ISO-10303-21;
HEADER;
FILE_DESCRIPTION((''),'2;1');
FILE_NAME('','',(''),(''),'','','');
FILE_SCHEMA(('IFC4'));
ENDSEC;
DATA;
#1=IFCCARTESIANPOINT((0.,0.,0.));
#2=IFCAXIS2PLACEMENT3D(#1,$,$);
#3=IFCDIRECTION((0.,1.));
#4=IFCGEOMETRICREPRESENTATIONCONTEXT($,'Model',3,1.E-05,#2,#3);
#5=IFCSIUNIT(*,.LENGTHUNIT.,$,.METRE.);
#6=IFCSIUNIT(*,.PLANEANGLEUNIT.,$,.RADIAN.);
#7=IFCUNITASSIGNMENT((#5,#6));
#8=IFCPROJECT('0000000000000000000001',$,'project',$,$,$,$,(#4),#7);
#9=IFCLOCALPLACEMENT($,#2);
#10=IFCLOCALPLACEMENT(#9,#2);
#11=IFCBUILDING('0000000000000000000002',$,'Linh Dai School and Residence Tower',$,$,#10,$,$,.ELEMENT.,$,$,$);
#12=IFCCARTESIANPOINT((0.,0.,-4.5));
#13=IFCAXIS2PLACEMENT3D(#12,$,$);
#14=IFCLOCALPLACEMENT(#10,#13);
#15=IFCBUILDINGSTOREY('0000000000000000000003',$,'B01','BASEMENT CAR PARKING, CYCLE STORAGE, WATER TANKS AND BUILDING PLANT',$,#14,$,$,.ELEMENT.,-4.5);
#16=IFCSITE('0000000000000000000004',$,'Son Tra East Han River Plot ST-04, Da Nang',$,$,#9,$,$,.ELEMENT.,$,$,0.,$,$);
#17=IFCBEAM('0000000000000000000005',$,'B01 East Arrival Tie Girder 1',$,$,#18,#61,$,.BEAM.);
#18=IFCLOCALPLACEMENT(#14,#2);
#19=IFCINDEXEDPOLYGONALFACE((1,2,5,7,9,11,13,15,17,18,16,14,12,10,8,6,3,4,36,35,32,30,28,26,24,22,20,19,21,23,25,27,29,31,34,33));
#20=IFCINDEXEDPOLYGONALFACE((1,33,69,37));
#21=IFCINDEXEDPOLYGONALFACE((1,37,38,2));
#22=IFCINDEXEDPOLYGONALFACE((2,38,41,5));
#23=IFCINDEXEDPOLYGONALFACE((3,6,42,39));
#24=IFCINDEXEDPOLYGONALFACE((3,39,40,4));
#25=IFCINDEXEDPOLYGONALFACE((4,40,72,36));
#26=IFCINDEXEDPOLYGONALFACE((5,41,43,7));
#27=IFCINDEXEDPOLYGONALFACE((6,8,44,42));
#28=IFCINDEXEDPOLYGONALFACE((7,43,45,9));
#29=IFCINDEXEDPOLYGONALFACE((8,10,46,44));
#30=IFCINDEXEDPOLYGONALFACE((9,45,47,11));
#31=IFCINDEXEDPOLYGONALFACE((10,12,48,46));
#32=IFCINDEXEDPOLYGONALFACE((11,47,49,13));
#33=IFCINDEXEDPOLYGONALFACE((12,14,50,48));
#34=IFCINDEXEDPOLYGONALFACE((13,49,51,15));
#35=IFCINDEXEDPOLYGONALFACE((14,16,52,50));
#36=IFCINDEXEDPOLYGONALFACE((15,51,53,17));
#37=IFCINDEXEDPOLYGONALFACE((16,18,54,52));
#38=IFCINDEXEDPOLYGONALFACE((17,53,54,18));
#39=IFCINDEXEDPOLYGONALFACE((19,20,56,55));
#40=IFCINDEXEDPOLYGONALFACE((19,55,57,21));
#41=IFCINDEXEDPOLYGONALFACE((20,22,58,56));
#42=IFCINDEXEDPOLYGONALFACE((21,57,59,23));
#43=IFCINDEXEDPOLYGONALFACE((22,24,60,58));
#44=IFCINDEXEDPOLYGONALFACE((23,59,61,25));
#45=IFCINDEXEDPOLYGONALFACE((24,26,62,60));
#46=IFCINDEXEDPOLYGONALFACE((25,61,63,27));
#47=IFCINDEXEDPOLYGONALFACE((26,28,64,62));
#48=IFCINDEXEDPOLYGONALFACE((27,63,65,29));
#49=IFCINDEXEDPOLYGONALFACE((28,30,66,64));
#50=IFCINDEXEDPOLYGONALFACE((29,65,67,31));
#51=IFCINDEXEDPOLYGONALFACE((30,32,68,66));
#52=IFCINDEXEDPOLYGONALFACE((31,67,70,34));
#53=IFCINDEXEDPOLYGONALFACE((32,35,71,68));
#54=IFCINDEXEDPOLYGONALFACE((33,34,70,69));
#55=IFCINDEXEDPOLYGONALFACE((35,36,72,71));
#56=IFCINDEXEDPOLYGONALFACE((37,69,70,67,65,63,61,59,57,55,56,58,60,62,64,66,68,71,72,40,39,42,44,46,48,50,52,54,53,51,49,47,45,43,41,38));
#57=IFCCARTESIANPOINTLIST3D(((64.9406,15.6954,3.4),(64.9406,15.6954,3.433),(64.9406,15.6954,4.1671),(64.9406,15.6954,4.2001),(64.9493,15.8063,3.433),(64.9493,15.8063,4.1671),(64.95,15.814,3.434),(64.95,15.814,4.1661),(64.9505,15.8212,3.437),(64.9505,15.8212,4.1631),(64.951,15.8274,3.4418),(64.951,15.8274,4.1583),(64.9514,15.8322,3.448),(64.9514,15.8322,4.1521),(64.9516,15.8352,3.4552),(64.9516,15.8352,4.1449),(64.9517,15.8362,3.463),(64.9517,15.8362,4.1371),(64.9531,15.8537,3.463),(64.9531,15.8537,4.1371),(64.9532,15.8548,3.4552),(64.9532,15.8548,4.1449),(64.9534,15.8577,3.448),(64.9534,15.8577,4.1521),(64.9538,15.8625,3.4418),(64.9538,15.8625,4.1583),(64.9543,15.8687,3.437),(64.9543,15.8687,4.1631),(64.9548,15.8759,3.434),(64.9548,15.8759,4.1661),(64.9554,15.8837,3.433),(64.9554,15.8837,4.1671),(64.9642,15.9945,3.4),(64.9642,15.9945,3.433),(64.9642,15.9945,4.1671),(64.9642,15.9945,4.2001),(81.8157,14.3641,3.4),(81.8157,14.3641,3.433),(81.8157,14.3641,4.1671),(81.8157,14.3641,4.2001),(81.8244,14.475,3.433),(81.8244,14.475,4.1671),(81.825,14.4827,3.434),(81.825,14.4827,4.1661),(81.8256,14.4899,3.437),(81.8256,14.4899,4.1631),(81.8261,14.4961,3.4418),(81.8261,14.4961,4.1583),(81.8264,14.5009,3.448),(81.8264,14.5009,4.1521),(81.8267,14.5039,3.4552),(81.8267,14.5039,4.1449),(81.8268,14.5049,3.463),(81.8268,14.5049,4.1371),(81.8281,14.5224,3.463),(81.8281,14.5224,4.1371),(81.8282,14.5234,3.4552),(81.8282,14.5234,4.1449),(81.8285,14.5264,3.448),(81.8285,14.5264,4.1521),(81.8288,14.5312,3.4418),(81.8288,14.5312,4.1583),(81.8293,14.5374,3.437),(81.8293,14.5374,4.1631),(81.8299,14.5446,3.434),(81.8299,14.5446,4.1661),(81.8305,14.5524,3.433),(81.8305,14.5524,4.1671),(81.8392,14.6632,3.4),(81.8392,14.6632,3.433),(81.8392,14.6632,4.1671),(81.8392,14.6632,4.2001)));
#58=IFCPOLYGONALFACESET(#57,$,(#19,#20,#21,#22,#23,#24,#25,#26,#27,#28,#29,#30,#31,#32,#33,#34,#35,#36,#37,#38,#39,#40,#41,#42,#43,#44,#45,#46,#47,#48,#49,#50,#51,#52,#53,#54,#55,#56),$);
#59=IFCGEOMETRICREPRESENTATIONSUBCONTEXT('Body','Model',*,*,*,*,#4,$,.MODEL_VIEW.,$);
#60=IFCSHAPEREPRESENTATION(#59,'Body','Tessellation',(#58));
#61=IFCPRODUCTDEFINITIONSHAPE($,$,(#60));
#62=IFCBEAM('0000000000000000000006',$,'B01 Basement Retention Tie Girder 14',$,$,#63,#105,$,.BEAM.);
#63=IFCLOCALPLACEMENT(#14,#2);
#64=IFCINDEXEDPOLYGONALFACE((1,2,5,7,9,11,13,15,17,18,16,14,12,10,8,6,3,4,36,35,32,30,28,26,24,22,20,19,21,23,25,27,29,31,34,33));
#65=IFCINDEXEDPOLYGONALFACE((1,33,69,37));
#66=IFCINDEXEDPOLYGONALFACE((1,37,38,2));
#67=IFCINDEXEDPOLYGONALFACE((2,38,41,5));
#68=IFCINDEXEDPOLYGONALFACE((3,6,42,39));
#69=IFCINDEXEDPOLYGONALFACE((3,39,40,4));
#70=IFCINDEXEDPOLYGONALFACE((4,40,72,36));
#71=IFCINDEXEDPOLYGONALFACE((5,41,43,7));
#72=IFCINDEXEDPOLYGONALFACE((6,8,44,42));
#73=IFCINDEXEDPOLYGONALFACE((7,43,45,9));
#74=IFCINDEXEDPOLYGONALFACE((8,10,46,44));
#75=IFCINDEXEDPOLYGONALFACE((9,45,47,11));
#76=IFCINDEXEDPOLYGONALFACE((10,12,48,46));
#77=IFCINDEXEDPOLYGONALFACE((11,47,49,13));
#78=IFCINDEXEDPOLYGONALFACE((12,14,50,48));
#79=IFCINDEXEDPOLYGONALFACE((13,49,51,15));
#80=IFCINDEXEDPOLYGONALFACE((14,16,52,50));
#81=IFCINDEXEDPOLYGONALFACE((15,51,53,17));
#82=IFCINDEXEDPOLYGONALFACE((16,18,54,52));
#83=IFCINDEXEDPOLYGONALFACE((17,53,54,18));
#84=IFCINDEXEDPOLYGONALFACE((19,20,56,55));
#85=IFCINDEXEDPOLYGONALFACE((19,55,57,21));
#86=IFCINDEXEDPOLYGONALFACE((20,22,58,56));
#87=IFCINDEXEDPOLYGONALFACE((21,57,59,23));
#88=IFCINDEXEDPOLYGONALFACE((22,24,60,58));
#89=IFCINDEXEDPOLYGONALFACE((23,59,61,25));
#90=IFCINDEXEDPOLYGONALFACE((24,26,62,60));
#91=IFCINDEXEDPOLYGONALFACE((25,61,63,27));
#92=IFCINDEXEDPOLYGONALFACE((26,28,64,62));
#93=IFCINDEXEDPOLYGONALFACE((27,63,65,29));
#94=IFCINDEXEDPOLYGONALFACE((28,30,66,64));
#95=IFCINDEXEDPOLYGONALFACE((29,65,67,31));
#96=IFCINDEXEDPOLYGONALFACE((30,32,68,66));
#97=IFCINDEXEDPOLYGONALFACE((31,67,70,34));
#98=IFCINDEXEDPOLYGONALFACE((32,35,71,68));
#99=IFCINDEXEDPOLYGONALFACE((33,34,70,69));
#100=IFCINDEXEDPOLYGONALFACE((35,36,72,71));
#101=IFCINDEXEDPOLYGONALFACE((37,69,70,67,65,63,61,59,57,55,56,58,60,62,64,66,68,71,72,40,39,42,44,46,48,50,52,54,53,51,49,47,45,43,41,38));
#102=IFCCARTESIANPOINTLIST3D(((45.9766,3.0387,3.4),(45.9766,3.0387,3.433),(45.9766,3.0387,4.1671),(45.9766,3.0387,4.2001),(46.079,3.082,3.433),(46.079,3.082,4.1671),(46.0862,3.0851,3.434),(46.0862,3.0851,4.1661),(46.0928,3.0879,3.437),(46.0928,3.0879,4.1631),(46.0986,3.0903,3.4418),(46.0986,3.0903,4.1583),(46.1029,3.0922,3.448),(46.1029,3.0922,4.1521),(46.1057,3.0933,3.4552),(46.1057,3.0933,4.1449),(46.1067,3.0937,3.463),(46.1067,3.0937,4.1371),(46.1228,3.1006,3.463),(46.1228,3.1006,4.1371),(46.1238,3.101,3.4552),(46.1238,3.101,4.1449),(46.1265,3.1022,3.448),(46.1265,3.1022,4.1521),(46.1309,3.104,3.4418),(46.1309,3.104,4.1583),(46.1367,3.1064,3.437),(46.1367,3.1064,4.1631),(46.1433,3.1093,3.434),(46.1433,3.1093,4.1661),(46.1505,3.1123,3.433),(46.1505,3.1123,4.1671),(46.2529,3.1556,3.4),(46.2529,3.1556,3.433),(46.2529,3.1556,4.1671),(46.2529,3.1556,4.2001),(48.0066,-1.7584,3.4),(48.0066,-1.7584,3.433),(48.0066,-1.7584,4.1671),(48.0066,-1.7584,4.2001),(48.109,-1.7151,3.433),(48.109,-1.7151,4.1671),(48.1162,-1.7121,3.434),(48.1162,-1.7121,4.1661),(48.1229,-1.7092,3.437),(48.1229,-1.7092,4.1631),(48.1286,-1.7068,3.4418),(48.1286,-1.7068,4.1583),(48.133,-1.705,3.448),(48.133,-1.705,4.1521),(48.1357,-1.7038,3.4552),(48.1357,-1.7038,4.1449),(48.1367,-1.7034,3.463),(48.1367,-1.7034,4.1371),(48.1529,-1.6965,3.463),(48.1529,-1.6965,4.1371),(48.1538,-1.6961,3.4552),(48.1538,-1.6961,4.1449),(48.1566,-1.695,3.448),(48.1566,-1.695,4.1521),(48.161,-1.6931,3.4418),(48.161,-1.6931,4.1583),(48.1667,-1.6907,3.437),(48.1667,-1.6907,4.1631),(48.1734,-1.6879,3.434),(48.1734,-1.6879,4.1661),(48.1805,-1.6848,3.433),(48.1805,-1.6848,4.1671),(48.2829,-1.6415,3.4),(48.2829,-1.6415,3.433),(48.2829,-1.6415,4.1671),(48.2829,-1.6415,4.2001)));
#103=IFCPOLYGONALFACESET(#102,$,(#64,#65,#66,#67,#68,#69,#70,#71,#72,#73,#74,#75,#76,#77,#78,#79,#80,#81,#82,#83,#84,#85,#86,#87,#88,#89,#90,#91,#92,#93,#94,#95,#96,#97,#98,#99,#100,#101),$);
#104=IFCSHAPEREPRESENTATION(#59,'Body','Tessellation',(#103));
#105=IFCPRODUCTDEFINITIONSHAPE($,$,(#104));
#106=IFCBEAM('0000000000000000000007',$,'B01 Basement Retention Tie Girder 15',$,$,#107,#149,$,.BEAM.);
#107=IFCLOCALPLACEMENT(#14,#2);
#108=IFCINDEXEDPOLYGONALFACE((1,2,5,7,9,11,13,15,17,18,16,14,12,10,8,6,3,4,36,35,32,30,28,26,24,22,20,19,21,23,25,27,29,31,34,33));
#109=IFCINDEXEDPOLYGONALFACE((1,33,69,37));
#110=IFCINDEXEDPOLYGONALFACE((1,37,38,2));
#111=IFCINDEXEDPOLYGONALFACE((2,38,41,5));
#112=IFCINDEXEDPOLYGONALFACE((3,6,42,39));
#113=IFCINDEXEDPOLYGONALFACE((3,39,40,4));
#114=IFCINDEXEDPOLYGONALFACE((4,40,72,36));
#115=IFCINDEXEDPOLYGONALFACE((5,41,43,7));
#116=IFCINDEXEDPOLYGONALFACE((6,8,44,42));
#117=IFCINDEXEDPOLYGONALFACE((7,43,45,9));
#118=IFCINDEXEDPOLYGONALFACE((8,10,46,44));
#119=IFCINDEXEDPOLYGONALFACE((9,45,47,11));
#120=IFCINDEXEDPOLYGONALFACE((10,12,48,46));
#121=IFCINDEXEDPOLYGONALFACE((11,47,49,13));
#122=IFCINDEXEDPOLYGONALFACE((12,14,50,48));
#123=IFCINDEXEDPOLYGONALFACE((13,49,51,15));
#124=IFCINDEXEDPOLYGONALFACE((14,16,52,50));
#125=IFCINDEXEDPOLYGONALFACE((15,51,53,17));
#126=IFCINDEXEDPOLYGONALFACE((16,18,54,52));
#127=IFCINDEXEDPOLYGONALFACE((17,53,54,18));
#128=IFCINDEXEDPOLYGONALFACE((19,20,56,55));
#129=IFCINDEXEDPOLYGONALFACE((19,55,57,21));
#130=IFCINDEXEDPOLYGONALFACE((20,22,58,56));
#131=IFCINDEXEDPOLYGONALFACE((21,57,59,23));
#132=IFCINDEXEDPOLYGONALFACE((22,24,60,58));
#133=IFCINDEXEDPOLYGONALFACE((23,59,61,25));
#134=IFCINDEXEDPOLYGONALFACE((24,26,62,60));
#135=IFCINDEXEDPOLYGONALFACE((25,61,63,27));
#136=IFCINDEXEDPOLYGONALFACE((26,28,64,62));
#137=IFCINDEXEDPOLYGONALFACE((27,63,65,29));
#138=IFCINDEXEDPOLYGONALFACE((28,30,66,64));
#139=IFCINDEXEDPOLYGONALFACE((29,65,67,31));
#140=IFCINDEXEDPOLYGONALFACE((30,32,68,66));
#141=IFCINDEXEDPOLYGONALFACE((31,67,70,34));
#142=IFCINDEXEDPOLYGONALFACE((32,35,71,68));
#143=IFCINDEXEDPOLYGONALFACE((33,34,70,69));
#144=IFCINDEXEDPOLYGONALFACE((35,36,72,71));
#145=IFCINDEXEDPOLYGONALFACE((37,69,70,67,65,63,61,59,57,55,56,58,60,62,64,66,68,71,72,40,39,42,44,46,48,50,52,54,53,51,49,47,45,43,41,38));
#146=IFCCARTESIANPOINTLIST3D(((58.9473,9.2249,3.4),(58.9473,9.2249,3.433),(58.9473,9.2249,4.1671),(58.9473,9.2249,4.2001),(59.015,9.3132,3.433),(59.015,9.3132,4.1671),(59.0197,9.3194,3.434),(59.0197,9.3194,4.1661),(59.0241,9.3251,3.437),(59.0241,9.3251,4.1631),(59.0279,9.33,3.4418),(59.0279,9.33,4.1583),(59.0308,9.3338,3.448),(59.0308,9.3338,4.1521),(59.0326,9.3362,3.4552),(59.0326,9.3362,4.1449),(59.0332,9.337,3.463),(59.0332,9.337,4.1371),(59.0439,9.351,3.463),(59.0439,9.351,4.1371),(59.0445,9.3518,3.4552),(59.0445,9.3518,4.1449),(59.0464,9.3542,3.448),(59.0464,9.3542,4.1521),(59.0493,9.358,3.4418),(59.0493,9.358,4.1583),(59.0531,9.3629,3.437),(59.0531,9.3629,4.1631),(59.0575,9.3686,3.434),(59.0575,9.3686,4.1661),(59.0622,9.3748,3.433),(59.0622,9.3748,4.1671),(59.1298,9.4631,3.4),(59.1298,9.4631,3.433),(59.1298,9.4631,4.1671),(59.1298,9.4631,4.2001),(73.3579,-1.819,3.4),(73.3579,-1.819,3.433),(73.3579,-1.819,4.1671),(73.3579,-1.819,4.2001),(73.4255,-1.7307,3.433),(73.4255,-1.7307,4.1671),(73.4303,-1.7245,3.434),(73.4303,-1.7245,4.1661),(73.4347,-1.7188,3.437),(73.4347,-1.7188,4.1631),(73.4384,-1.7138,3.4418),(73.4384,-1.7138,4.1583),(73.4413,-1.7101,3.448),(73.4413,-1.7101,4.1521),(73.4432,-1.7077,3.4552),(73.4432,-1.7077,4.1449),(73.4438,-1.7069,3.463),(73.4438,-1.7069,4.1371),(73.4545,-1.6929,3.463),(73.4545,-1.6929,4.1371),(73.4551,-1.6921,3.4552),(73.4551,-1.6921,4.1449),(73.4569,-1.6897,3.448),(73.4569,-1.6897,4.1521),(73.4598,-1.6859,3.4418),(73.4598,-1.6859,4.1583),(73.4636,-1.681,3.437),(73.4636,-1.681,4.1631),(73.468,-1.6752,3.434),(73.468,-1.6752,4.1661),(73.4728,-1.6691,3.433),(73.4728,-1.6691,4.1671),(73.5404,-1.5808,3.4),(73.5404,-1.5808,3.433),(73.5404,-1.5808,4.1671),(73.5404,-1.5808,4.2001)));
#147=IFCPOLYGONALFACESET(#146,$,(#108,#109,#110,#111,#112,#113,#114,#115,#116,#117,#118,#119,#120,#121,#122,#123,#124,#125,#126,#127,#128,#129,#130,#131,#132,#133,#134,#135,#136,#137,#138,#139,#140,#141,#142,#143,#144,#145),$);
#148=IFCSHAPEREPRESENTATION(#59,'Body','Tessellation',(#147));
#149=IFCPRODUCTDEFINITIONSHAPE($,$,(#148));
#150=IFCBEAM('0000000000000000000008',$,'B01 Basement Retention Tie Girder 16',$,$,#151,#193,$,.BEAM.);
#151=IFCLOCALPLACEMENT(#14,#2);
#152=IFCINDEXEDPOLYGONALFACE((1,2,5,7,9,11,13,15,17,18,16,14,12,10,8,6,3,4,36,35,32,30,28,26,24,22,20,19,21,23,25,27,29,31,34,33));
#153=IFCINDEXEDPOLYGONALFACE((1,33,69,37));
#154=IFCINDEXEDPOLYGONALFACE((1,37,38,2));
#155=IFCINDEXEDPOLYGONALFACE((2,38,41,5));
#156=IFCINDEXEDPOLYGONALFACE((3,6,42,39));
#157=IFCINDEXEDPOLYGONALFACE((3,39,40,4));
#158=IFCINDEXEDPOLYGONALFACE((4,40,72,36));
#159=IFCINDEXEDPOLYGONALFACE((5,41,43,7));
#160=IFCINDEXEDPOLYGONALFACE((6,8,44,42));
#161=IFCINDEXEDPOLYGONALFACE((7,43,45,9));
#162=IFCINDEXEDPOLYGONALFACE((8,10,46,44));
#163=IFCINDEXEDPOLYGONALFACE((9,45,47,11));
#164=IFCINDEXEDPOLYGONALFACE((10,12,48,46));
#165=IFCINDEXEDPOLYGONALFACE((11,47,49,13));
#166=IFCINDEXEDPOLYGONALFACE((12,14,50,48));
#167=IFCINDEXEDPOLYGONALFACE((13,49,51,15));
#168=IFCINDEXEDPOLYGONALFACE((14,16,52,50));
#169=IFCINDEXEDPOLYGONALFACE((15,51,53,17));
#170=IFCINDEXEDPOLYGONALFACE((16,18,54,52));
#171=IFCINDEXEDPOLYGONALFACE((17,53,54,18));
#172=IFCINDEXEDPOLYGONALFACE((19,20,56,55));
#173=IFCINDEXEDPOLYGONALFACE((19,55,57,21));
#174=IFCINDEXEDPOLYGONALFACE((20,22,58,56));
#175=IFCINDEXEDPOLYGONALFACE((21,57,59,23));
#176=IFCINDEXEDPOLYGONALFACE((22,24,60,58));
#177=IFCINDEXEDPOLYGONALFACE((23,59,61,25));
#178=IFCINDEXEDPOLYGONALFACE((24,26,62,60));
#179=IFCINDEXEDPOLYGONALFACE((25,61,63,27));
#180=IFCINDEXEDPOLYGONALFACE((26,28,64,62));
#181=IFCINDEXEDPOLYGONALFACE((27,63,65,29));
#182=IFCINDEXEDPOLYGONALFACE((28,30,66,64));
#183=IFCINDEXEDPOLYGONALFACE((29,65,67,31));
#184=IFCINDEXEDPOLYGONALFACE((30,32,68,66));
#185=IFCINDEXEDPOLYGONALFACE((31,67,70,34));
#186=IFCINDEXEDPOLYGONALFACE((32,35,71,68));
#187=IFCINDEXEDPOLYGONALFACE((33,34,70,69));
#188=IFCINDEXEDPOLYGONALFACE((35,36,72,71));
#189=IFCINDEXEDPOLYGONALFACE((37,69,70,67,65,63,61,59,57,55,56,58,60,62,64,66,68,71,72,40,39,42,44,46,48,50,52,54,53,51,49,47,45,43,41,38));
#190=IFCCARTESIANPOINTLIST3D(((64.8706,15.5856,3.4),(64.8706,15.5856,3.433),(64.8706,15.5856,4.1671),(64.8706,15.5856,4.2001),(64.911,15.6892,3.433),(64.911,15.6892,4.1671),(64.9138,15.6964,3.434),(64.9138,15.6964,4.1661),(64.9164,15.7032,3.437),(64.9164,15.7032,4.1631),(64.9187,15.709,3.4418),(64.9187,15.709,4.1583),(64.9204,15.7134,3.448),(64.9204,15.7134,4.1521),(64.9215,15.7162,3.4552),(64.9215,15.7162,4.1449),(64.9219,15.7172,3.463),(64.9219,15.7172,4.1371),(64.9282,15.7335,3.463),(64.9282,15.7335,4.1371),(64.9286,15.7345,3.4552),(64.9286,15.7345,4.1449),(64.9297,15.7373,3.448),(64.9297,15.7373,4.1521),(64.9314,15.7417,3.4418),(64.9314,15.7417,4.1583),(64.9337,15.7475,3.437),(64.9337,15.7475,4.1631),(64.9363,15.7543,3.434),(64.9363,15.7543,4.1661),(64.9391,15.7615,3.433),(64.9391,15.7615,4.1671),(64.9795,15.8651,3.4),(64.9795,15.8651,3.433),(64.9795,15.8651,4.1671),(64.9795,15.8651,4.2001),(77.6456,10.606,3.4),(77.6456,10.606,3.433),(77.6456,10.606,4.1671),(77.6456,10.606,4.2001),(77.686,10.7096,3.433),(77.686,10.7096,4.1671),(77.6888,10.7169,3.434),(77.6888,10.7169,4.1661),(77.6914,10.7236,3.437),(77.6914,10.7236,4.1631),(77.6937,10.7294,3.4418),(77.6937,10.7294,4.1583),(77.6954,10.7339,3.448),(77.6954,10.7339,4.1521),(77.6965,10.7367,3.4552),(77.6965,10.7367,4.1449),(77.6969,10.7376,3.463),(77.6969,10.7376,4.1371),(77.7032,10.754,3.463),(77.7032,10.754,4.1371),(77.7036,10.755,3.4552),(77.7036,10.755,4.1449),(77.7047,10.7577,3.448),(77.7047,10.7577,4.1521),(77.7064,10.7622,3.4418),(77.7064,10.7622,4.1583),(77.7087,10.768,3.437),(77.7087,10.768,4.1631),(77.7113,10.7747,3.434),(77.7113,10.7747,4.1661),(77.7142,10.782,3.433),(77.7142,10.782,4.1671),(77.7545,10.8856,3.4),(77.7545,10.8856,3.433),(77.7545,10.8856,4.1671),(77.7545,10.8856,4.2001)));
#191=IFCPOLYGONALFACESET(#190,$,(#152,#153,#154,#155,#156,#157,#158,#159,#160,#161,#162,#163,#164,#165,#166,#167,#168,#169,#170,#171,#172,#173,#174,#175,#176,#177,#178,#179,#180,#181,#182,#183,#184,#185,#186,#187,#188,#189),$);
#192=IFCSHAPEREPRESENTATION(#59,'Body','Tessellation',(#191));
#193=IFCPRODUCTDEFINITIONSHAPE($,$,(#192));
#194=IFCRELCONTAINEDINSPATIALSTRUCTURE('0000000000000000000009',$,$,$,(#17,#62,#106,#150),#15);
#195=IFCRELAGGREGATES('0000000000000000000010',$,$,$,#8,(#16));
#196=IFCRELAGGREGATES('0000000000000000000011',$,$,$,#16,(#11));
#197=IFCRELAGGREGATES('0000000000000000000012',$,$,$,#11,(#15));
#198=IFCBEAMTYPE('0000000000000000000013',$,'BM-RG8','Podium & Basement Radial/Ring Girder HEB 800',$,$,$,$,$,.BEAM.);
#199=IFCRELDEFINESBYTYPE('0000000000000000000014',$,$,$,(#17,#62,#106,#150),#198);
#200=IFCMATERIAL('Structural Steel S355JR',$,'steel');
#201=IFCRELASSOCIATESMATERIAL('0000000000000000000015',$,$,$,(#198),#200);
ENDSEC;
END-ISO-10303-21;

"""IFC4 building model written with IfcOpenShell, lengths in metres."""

from ifc_helpers import new_model, si_unit, direction, frame, origin, origin_2d, place, context, subcontext, project, spatial, i_section, extrude, material, material_profile, profile_set, type_object, element, save


model = new_model("IFC4")

# Units and contexts
model_context = context("Model", 3, precision=1e-05, world=origin(), true_north=direction((0.0, 1.0)))
body_context = subcontext(model_context, "Body", "Model", "MODEL_VIEW")
ifc_project = project(units=[si_unit("LENGTHUNIT", "METRE"), si_unit("PLANEANGLEUNIT", "RADIAN")], contexts=[model_context])

# Site, building, storey
site_placement = place(None, origin())
site = spatial("IfcSite", under=ifc_project, at=site_placement, Name="Son Tra East Han River Plot ST-04, Da Nang", CompositionType="ELEMENT", RefElevation=0.0)
building_placement = place(site_placement, origin())
building = spatial("IfcBuilding", under=site, at=building_placement, Name="Linh Dai School and Residence Tower", CompositionType="ELEMENT")
storey_placement = place(building_placement, frame((0.0, 0.0, -4.5)))
storey = spatial("IfcBuildingStorey", under=building, at=storey_placement, Name="B01", Description="BASEMENT CAR PARKING, CYCLE STORAGE, WATER TANKS AND BUILDING PLANT", CompositionType="ELEMENT", Elevation=-4.5)

# Shared definitions
ifc_material_1 = material(Name="Structural Steel S355JR", Category="steel")

# Beams
ifc_material_profile_1 = material_profile(ifc_material_1, i_section(OverallWidth=0.3, OverallDepth=0.8, WebThickness=0.0176, FlangeThickness=0.033, FilletRadius=0.03, at=origin_2d()), Name="HEB 800")
ifc_profile_set_1 = profile_set([ifc_material_profile_1], Name="Structural Steel S355JR")
beam_type_1 = type_object("IfcBeamType", Name="BM-RG8", Description="Podium & Basement Radial/Ring Girder HEB 800", PredefinedType="BEAM", material=ifc_profile_set_1)
beam_1_placement = place(storey_placement, frame((64.9524, 15.845, 3.8), z_axis=(0.996902, -0.078647, 0.0), x_axis=(0.078647, 0.996902, 0.0)))
element("IfcBeam", 1, at=beam_1_placement, inside=storey, type_object=beam_type_1, Name="B01 East Arrival Tie Girder 1", PredefinedType="BEAM", context=body_context, shape_type="SweptSolid", body=[
    extrude(i_section(OverallWidth=0.3, OverallDepth=0.8, WebThickness=0.0176, FlangeThickness=0.033, FilletRadius=0.03, at=origin_2d()), origin(), (0.0, 0.0, 1.0), 16.9275),
])
beam_2_placement = place(storey_placement, frame((46.1147, 3.0972, 3.8), z_axis=(0.389718, -0.920934, 0.0), x_axis=(0.920934, 0.389718, 0.0)))
element("IfcBeam", 2, at=beam_2_placement, inside=storey, type_object=beam_type_1, Name="B01 Basement Retention Tie Girder 14", PredefinedType="BEAM", context=body_context, shape_type="SweptSolid", body=[
    extrude(i_section(OverallWidth=0.3, OverallDepth=0.8, WebThickness=0.0176, FlangeThickness=0.033, FilletRadius=0.03, at=origin_2d()), origin(), (0.0, 0.0, 1.0), 5.209),
])
beam_3_placement = place(storey_placement, frame((59.0386, 9.344, 3.8), z_axis=(0.793718, -0.608285, 0.0), x_axis=(0.608285, 0.793718, 0.0)))
element("IfcBeam", 3, at=beam_3_placement, inside=storey, type_object=beam_type_1, Name="B01 Basement Retention Tie Girder 15", PredefinedType="BEAM", context=body_context, shape_type="SweptSolid", body=[
    extrude(i_section(OverallWidth=0.3, OverallDepth=0.8, WebThickness=0.0176, FlangeThickness=0.033, FilletRadius=0.03, at=origin_2d()), origin(), (0.0, 0.0, 1.0), 18.1558),
])
beam_4_placement = place(storey_placement, frame((64.925, 15.7253, 3.8), z_axis=(0.931722, -0.363173, 0.0), x_axis=(0.363173, 0.931722, 0.0)))
element("IfcBeam", 4, at=beam_4_placement, inside=storey, type_object=beam_type_1, Name="B01 Basement Retention Tie Girder 16", PredefinedType="BEAM", context=body_context, shape_type="SweptSolid", body=[
    extrude(i_section(OverallWidth=0.3, OverallDepth=0.8, WebThickness=0.0176, FlangeThickness=0.033, FilletRadius=0.03, at=origin_2d()), origin(), (0.0, 0.0, 1.0), 13.7112),
])

save(model, "model.ifc")
